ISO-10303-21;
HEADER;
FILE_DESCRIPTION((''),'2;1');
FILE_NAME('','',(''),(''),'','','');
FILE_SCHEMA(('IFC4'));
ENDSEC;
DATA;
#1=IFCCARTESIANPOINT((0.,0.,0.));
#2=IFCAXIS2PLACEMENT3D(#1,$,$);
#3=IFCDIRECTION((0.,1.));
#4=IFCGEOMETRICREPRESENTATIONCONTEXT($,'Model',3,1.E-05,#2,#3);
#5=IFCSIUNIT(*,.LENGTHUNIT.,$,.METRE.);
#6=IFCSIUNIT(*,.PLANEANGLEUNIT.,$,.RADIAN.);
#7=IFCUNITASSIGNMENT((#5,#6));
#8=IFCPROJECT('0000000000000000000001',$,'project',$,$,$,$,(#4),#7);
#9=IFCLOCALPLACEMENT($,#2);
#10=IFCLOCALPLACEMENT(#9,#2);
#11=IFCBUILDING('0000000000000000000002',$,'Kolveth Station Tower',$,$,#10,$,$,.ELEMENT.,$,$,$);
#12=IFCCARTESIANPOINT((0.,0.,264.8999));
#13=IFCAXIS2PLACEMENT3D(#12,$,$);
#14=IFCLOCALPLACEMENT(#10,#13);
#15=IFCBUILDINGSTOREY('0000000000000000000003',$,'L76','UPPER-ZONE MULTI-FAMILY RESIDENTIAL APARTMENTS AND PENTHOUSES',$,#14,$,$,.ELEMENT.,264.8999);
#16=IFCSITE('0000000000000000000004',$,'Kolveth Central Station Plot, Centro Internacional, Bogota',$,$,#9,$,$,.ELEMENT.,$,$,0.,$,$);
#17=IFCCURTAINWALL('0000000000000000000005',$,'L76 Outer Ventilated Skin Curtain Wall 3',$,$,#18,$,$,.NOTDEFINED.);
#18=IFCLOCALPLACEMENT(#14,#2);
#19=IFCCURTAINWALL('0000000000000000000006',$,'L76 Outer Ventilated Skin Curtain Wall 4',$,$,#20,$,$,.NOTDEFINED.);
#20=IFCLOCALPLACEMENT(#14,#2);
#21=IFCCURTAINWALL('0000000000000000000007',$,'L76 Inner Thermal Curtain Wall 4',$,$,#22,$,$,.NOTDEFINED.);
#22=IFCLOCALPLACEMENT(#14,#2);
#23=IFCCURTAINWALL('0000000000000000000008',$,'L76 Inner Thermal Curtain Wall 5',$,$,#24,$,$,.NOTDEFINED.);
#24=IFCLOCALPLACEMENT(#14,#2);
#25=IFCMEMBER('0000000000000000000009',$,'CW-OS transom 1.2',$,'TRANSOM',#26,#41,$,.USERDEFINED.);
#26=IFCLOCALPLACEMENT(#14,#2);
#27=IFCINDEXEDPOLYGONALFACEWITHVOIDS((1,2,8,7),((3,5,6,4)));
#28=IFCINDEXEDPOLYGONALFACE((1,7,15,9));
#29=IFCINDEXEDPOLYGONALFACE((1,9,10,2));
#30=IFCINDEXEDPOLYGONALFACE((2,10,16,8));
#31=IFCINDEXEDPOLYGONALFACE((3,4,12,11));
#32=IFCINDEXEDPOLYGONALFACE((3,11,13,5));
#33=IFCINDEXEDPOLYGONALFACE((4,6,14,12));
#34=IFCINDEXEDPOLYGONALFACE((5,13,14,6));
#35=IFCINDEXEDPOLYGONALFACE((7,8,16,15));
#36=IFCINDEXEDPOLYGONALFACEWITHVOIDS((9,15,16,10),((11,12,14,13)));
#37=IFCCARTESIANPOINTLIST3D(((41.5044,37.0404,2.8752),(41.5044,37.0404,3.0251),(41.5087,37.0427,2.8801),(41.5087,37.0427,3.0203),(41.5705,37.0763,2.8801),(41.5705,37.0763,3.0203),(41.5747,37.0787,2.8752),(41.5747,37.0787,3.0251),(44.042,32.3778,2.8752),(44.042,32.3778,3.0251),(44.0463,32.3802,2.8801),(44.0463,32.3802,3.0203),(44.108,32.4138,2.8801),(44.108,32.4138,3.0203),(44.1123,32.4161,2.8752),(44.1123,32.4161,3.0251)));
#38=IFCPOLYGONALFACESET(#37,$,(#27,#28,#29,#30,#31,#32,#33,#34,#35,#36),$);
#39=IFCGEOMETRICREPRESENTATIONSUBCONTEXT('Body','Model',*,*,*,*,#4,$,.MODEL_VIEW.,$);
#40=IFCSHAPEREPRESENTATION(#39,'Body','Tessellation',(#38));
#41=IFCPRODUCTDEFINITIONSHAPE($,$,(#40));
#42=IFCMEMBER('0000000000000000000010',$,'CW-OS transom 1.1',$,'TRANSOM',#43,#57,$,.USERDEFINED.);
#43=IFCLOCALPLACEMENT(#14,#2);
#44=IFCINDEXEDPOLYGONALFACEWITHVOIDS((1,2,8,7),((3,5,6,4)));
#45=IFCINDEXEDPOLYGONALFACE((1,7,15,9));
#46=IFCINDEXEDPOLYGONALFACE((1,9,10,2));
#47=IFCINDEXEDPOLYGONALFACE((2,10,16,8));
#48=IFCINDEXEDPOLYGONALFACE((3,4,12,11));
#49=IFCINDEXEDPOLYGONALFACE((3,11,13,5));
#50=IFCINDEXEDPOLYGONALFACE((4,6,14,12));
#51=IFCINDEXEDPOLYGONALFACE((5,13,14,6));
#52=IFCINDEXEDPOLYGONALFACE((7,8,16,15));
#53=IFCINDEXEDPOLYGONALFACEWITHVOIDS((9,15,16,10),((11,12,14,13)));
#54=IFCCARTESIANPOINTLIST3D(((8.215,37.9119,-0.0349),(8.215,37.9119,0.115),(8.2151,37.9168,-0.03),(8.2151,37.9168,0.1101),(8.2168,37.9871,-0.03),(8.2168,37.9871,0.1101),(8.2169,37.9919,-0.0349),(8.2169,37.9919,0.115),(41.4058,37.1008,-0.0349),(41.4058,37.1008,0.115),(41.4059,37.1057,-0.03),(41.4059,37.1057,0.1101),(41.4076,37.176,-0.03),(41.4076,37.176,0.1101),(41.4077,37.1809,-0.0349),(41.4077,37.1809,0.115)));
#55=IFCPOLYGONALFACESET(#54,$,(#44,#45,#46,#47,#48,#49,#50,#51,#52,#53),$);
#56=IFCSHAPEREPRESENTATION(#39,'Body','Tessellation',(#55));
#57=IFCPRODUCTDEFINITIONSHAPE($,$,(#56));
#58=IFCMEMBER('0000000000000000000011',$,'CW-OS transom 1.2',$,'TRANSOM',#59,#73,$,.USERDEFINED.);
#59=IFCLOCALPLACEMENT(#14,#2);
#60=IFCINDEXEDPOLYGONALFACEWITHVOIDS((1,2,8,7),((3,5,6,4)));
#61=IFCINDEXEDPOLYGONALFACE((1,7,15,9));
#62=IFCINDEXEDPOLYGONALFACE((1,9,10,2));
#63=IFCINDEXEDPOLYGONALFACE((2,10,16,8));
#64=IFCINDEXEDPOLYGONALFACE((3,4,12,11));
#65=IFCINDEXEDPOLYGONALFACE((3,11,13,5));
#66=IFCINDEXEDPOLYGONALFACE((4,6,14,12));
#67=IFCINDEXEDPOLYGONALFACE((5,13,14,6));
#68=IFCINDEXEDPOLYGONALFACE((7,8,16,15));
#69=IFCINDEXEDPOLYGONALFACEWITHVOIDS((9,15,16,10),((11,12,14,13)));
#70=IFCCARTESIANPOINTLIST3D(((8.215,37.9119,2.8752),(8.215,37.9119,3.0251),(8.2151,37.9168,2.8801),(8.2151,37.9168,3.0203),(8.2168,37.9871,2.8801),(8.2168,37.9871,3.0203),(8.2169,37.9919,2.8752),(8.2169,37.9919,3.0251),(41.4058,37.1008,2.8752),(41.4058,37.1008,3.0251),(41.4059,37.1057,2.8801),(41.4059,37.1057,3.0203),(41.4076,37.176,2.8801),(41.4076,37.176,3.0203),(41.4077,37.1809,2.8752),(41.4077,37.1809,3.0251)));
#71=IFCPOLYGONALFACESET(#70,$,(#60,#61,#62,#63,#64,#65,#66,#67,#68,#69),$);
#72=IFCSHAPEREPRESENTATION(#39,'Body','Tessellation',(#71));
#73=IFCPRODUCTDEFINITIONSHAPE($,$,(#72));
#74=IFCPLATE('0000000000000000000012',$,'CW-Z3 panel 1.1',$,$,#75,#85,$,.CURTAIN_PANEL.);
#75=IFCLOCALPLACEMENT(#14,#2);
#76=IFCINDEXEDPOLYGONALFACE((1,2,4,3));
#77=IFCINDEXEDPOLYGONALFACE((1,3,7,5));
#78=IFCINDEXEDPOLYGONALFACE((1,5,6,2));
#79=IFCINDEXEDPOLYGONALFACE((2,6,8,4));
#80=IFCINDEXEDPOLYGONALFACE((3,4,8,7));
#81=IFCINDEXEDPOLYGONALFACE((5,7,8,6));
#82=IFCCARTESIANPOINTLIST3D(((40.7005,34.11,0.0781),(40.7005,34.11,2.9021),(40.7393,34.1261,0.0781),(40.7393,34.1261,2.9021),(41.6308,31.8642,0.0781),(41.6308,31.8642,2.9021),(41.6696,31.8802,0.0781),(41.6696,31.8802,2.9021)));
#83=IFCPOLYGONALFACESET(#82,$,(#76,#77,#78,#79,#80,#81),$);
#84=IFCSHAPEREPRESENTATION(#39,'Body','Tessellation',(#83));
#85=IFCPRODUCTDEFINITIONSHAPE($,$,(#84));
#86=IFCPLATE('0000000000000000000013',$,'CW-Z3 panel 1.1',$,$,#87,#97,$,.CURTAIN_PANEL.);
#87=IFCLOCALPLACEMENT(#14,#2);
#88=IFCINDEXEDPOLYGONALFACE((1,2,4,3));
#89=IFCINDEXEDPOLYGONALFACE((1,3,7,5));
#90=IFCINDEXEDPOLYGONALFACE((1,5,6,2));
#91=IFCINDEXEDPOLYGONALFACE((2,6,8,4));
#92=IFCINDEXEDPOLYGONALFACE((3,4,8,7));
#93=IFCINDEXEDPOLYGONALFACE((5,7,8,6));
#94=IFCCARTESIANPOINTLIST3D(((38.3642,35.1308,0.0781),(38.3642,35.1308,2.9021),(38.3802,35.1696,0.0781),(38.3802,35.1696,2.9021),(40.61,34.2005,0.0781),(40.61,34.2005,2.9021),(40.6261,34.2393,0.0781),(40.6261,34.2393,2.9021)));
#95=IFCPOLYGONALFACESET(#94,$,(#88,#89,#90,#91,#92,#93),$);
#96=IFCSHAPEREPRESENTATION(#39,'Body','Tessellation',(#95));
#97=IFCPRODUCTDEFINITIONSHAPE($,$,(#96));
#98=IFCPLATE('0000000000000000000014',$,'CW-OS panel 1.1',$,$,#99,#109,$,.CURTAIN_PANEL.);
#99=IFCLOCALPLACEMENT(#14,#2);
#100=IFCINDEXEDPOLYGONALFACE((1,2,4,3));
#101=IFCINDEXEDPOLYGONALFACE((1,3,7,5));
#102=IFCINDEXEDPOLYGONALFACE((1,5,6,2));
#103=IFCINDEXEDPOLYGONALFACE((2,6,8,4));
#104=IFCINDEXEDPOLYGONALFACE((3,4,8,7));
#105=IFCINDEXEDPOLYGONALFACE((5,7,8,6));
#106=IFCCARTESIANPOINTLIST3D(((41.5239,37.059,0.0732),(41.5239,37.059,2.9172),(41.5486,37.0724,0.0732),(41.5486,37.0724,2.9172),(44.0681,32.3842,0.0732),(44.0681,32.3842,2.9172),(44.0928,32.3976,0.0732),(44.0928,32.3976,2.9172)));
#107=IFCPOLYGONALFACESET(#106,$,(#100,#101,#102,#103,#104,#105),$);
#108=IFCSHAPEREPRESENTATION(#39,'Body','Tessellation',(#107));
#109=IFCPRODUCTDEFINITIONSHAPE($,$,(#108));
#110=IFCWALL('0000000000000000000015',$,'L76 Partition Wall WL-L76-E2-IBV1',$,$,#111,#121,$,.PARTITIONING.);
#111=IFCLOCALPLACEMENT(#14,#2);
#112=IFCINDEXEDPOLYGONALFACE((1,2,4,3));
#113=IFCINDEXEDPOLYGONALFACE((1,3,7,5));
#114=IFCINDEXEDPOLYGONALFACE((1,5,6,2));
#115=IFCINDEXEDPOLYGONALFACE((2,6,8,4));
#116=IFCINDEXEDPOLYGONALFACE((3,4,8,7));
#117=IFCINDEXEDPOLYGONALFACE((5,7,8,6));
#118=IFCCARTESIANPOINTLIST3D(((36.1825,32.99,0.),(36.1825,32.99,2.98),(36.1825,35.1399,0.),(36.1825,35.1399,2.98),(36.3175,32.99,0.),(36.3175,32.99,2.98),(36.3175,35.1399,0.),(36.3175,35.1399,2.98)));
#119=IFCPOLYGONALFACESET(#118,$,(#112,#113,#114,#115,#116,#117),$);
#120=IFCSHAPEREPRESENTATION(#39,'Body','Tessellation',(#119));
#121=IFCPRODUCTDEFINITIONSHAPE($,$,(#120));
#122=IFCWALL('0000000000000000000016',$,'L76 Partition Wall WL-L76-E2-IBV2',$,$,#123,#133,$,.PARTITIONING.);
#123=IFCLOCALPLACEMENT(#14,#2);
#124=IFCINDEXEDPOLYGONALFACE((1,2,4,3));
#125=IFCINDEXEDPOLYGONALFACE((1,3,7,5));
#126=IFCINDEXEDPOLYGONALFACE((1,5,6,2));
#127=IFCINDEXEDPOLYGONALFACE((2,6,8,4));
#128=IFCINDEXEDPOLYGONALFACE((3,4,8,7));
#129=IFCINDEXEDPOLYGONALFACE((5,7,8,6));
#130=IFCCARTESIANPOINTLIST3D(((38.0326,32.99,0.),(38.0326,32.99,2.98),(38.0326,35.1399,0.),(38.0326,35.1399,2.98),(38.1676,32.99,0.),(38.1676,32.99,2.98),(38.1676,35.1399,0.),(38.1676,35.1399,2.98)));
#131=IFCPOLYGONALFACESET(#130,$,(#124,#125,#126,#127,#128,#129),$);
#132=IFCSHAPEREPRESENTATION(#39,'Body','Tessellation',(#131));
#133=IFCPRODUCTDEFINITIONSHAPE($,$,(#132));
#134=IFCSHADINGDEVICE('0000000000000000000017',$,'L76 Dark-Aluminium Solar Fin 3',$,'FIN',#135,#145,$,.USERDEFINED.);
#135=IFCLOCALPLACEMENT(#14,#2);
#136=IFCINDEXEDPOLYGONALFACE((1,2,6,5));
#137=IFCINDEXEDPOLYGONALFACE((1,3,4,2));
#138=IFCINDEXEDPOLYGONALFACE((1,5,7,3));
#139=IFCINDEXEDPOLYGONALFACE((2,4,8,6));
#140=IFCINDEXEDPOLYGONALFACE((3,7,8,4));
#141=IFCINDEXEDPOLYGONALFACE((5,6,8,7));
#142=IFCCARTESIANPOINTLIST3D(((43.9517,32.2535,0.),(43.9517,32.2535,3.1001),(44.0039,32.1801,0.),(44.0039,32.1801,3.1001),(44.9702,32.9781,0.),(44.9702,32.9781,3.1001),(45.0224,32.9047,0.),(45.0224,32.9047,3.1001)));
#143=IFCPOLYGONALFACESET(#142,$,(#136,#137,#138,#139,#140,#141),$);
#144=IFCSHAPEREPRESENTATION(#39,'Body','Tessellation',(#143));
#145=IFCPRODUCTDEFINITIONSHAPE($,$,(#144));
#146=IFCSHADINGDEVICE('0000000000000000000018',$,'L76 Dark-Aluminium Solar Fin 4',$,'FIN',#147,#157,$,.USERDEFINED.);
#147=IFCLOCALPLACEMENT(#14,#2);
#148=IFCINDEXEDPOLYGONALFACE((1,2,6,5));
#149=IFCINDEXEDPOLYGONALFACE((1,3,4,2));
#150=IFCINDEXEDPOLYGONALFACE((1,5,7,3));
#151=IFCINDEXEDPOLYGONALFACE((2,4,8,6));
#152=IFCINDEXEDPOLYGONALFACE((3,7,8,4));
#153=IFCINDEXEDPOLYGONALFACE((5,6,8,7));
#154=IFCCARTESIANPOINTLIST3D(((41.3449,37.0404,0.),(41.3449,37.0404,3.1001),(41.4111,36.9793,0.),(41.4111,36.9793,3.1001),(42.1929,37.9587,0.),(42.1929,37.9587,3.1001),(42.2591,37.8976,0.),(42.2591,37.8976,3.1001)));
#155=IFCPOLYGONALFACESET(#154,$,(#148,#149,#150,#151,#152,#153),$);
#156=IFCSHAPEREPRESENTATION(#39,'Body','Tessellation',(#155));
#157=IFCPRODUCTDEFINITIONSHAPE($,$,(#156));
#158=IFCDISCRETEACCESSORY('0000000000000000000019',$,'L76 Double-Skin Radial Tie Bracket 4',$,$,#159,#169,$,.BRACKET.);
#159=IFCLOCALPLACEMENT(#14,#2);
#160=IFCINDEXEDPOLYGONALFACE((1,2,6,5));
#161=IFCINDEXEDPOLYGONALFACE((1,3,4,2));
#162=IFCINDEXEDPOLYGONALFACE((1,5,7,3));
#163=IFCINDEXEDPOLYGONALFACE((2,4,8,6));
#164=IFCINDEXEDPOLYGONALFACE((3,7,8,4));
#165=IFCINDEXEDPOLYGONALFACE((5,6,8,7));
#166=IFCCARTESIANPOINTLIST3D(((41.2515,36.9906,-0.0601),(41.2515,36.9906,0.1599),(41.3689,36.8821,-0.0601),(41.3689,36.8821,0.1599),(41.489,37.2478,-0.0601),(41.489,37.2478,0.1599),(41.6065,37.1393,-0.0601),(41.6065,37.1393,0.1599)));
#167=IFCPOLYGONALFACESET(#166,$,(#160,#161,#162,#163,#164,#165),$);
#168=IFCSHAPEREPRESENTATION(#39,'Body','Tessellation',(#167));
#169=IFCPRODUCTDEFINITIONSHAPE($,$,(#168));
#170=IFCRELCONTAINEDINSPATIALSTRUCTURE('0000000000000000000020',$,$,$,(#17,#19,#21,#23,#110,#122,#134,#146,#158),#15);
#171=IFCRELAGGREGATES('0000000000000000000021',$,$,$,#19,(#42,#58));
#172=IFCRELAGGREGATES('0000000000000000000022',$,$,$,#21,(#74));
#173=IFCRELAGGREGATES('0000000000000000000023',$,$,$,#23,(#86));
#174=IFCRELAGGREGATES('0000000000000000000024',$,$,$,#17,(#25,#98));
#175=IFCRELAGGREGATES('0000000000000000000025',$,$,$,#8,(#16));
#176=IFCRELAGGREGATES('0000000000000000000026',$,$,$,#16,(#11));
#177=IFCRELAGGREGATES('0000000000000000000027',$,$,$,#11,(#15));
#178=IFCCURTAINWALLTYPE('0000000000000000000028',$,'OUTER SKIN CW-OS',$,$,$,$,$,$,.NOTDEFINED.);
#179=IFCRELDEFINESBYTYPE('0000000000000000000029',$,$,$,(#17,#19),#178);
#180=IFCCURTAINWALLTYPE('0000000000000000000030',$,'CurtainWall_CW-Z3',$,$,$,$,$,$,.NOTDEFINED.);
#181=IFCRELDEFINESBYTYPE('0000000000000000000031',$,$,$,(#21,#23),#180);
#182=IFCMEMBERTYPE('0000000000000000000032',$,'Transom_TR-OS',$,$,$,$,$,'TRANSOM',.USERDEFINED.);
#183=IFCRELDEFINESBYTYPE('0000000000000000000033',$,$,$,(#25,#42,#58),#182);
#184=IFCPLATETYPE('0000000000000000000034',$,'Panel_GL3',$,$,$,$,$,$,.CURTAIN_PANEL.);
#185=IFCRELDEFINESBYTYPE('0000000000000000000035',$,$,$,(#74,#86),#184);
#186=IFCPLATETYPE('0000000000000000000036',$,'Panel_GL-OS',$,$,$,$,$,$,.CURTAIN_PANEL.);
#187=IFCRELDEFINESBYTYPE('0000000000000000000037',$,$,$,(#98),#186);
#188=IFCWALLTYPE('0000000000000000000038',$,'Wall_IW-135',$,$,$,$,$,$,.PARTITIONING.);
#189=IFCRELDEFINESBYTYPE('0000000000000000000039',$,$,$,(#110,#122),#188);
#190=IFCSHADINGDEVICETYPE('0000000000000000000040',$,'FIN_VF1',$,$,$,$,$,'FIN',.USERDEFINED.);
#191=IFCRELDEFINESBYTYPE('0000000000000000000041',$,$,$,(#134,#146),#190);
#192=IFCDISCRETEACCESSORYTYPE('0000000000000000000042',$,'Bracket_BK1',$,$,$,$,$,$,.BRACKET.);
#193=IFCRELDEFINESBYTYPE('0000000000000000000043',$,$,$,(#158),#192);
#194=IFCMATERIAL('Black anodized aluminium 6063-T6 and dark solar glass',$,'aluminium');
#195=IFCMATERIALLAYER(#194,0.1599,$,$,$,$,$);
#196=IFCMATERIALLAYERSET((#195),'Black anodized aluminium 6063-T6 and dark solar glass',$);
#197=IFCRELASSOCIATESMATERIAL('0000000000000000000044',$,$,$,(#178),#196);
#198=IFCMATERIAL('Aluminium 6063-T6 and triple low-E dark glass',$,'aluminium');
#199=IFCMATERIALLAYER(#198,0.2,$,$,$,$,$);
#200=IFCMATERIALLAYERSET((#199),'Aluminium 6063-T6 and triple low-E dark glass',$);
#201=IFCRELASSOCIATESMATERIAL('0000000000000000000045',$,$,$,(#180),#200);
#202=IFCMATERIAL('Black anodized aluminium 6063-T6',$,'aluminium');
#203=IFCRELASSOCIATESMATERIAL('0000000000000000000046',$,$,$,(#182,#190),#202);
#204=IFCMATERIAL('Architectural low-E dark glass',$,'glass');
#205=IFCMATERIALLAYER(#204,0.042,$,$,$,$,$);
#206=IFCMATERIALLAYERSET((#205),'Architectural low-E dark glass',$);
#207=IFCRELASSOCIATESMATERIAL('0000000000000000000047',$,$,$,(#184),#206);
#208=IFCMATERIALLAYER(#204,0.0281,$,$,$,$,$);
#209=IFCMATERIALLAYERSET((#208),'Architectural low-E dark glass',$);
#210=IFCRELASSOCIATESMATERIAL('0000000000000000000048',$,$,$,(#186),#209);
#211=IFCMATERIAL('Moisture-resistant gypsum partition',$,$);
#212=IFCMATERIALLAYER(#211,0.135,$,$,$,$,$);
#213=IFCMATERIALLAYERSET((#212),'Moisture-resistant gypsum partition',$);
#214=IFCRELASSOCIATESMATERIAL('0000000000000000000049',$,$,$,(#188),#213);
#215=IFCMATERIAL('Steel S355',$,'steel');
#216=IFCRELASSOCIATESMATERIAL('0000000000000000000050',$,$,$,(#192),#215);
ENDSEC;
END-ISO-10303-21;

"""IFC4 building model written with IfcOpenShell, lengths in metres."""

from ifc_helpers import new_model, si_unit, direction, frame, frame_2d, origin, origin_2d, place, context, subcontext, project, spatial, rectangle, hollow_rectangle, extrude, source, transform, mapped, material, layer, layer_set, material_profile, profile_set, type_object, element, aggregate, save


model = new_model("IFC4")

# Units and contexts
model_context = context("Model", 3, precision=1e-05, world=origin(), true_north=direction((0.0, 1.0)))
body_context = subcontext(model_context, "Body", "Model", "MODEL_VIEW")
ifc_project = project(units=[si_unit("LENGTHUNIT", "METRE"), si_unit("PLANEANGLEUNIT", "RADIAN")], contexts=[model_context])

# Site, building, storey
site_placement = place(None, origin())
site = spatial("IfcSite", under=ifc_project, at=site_placement, Name="Kolveth Central Station Plot, Centro Internacional, Bogota", CompositionType="ELEMENT", RefElevation=0.0)
building_placement = place(site_placement, origin())
building = spatial("IfcBuilding", under=site, at=building_placement, Name="Kolveth Station Tower", CompositionType="ELEMENT")
storey_placement = place(building_placement, frame((0.0, 0.0, 264.8999)))
storey = spatial("IfcBuildingStorey", under=building, at=storey_placement, Name="L76", Description="UPPER-ZONE MULTI-FAMILY RESIDENTIAL APARTMENTS AND PENTHOUSES", CompositionType="ELEMENT", Elevation=264.8999)

# Curtain walls
ifc_material_1 = material(Name="Black anodized aluminium 6063-T6 and dark solar glass", Category="aluminium")
ifc_layer_1 = layer(ifc_material_1, 0.1599)
ifc_layer_set_1 = layer_set([ifc_layer_1], Name="Black anodized aluminium 6063-T6 and dark solar glass")
curtain_wall_type_1 = type_object("IfcCurtainWallType", Name="OUTER SKIN CW-OS", PredefinedType="NOTDEFINED", material=ifc_layer_set_1)
curtain_wall_1_placement = place(storey_placement, origin())
curtain_wall_1 = element("IfcCurtainWall", 1, at=curtain_wall_1_placement, inside=storey, type_object=curtain_wall_type_1, Name="L76 Outer Ventilated Skin Curtain Wall 3", PredefinedType="NOTDEFINED")
ifc_material_2 = material(Name="Black anodized aluminium 6063-T6", Category="aluminium")
curtain_wall_2_placement = place(storey_placement, origin())
curtain_wall_2 = element("IfcCurtainWall", 2, at=curtain_wall_2_placement, inside=storey, type_object=curtain_wall_type_1, Name="L76 Outer Ventilated Skin Curtain Wall 4", PredefinedType="NOTDEFINED")
ifc_material_3 = material(Name="Aluminium 6063-T6 and triple low-E dark glass", Category="aluminium")
ifc_layer_2 = layer(ifc_material_3, 0.2)
ifc_layer_set_2 = layer_set([ifc_layer_2], Name="Aluminium 6063-T6 and triple low-E dark glass")
curtain_wall_type_2 = type_object("IfcCurtainWallType", Name="CurtainWall_CW-Z3", PredefinedType="NOTDEFINED", material=ifc_layer_set_2)
curtain_wall_3_placement = place(storey_placement, origin())
curtain_wall_3 = element("IfcCurtainWall", 3, at=curtain_wall_3_placement, inside=storey, type_object=curtain_wall_type_2, Name="L76 Inner Thermal Curtain Wall 4", PredefinedType="NOTDEFINED")

# Curtain wall
curtain_wall_4_placement = place(storey_placement, origin())
curtain_wall_4 = element("IfcCurtainWall", 4, at=curtain_wall_4_placement, inside=storey, type_object=curtain_wall_type_2, Name="L76 Inner Thermal Curtain Wall 5", PredefinedType="NOTDEFINED")

# Members
ifc_material_profile_1 = material_profile(ifc_material_2, hollow_rectangle(XDim=0.0801, YDim=0.1499, WallThickness=0.0049, at=origin_2d()), Name="ALU-80x150x5")
ifc_profile_set_1 = profile_set([ifc_material_profile_1], Name="Black anodized aluminium 6063-T6")
member_type_1 = type_object("IfcMemberType", Name="Transom_TR-OS", ElementType="TRANSOM", PredefinedType="USERDEFINED", material=ifc_profile_set_1)
shared_shape_1 = source(origin(), body_context, "Body", "SweptSolid", [
    extrude(hollow_rectangle(XDim=0.0801, YDim=0.1499, WallThickness=0.0049, at=origin_2d()), origin(), (0.0, 0.0, 1.0), 5.3083),
])
member_1_placement = place(storey_placement, frame((44.0771, 32.397, 2.9502), z_axis=(-0.478033, 0.878342, 0.0), x_axis=(-0.878342, -0.478033, 0.0)))
member_1 = element("IfcMember", 5, at=member_1_placement, type_object=member_type_1, Name="CW-OS transom 1.2", ObjectType="TRANSOM", PredefinedType="USERDEFINED", context=body_context, shape_type="MappedRepresentation", body=[
    mapped(shared_shape_1, transform((0.0, 0.0, 0.0), x_axis=(1.0, 0.0, 0.0), y_axis=(0.0, 1.0, 0.0), z_axis=(0.0, 0.0, 1.0), scale=1.0)),
])
shared_shape_2 = source(origin(), body_context, "Body", "SweptSolid", [
    extrude(hollow_rectangle(XDim=0.0801, YDim=0.1499, WallThickness=0.0049, at=origin_2d()), origin(), (0.0, 0.0, 1.0), 33.2007),
])
member_2_placement = place(storey_placement, frame((41.4067, 37.1409, 0.04), z_axis=(-0.999702, 0.024428, 0.0), x_axis=(-0.024428, -0.999702, 0.0)))
member_2 = element("IfcMember", 6, at=member_2_placement, type_object=member_type_1, Name="CW-OS transom 1.1", ObjectType="TRANSOM", PredefinedType="USERDEFINED", context=body_context, shape_type="MappedRepresentation", body=[
    mapped(shared_shape_2, transform((0.0, 0.0, 0.0), x_axis=(1.0, 0.0, 0.0), y_axis=(0.0, 1.0, 0.0), z_axis=(0.0, 0.0, 1.0), scale=1.0)),
])
member_3_placement = place(storey_placement, frame((41.4067, 37.1409, 2.9502), z_axis=(-0.999702, 0.024428, 0.0), x_axis=(-0.024428, -0.999702, 0.0)))
member_3 = element("IfcMember", 7, at=member_3_placement, type_object=member_type_1, Name="CW-OS transom 1.2", ObjectType="TRANSOM", PredefinedType="USERDEFINED", context=body_context, shape_type="MappedRepresentation", body=[
    mapped(shared_shape_2, transform((0.0, 0.0, 0.0), x_axis=(1.0, 0.0, 0.0), y_axis=(0.0, 1.0, 0.0), z_axis=(0.0, 0.0, 1.0), scale=1.0)),
])
aggregate(curtain_wall_2, [member_2, member_3])

# Plates
ifc_material_4 = material(Name="Architectural low-E dark glass", Category="glass")
ifc_layer_3 = layer(ifc_material_4, 0.042)
ifc_layer_set_3 = layer_set([ifc_layer_3], Name="Architectural low-E dark glass")
plate_type_1 = type_object("IfcPlateType", Name="Panel_GL3", PredefinedType="CURTAIN_PANEL", material=ifc_layer_set_3)
shared_shape_3 = source(origin(), body_context, "Body", "SweptSolid", [
    extrude(rectangle(XDim=2.4309, YDim=0.042, at=origin_2d()), origin(), (0.0, 0.0, 1.0), 2.824),
])
plate_1_placement = place(storey_placement, frame((41.1851, 32.9951, 0.0781), z_axis=(0.0, 0.0, 1.0), x_axis=(-0.382693, 0.923875, 0.0)))
plate_1 = element("IfcPlate", 8, at=plate_1_placement, type_object=plate_type_1, Name="CW-Z3 panel 1.1", PredefinedType="CURTAIN_PANEL", context=body_context, shape_type="MappedRepresentation", body=[
    mapped(shared_shape_3, transform((0.0, 0.0, 0.0), x_axis=(1.0, 0.0, 0.0), y_axis=(0.0, 1.0, 0.0), z_axis=(0.0, 0.0, 1.0), scale=1.0)),
])
aggregate(curtain_wall_3, [plate_1])
plate_2_placement = place(storey_placement, frame((39.4951, 34.6851, 0.0781), z_axis=(0.0, 0.0, 1.0), x_axis=(-0.923875, 0.382693, 0.0)))
plate_2 = element("IfcPlate", 9, at=plate_2_placement, type_object=plate_type_1, Name="CW-Z3 panel 1.1", PredefinedType="CURTAIN_PANEL", context=body_context, shape_type="MappedRepresentation", body=[
    mapped(shared_shape_3, transform((0.0, 0.0, 0.0), x_axis=(1.0, 0.0, 0.0), y_axis=(0.0, 1.0, 0.0), z_axis=(0.0, 0.0, 1.0), scale=1.0)),
])
aggregate(curtain_wall_4, [plate_2])
ifc_layer_4 = layer(ifc_material_4, 0.0281)
ifc_layer_set_4 = layer_set([ifc_layer_4], Name="Architectural low-E dark glass")
plate_type_2 = type_object("IfcPlateType", Name="Panel_GL-OS", PredefinedType="CURTAIN_PANEL", material=ifc_layer_set_4)
shared_shape_4 = source(origin(), body_context, "Body", "SweptSolid", [
    extrude(rectangle(XDim=5.3223, YDim=0.0281, at=origin_2d()), origin(), (0.0, 0.0, 1.0), 2.844),
])
plate_3_placement = place(storey_placement, frame((42.8083, 34.7283, 0.0732), z_axis=(0.0, 0.0, 1.0), x_axis=(-0.478021, 0.878348, 0.0)))
plate_3 = element("IfcPlate", 10, at=plate_3_placement, type_object=plate_type_2, Name="CW-OS panel 1.1", PredefinedType="CURTAIN_PANEL", context=body_context, shape_type="MappedRepresentation", body=[
    mapped(shared_shape_4, transform((0.0, 0.0, 0.0), x_axis=(1.0, 0.0, 0.0), y_axis=(0.0, 1.0, 0.0), z_axis=(0.0, 0.0, 1.0), scale=1.0)),
])
aggregate(curtain_wall_1, [member_1, plate_3])

# Walls
ifc_material_5 = material(Name="Moisture-resistant gypsum partition")
ifc_layer_5 = layer(ifc_material_5, 0.135)
ifc_layer_set_5 = layer_set([ifc_layer_5], Name="Moisture-resistant gypsum partition")
wall_type = type_object("IfcWallType", Name="Wall_IW-135", PredefinedType="PARTITIONING", material=ifc_layer_set_5)
for number, where, z_axis, x_axis, name in (
    (11, (36.25, 32.99, 0.0), (0.0, 0.0, 1.0), (0.0, 1.0, 0.0), "L76 Partition Wall WL-L76-E2-IBV1"),
    (12, (38.1001, 32.99, 0.0), (0.0, 0.0, 1.0), (0.0, 1.0, 0.0), "L76 Partition Wall WL-L76-E2-IBV2"),
):
    element("IfcWall", number, at=place(storey_placement, frame(where, z_axis=z_axis, x_axis=x_axis)), inside=storey, type_object=wall_type, Name=name, PredefinedType="PARTITIONING", context=body_context, shape_type="SweptSolid", body=[
        extrude(rectangle(XDim=2.1499, YDim=0.135, at=frame_2d((1.075, 0.0))), origin(), (0.0, 0.0, 1.0), 2.98),
    ])

# Shading devices
shading_device_type = type_object("IfcShadingDeviceType", Name="FIN_VF1", ElementType="FIN", PredefinedType="USERDEFINED", material=ifc_material_2)
shared_shape_5 = source(origin(), body_context, "Body", "SweptSolid", [
    extrude(rectangle(XDim=1.25, YDim=0.0901, at=origin_2d()), origin(), (0.0, 0.0, 1.0), 3.1001),
])
for number, where, z_axis, x_axis, name in (
    (13, (44.4871, 32.5791, 0.0), (0.0, 0.0, 1.0), (0.814824, 0.579708, 0.0), "L76 Dark-Aluminium Solar Fin 3"),
    (14, (41.802, 37.469, 0.0), (0.0, 0.0, 1.0), (0.678416, 0.734678, 0.0), "L76 Dark-Aluminium Solar Fin 4"),
):
    element("IfcShadingDevice", number, at=place(storey_placement, frame(where, z_axis=z_axis, x_axis=x_axis)), inside=storey, type_object=shading_device_type, Name=name, ObjectType="FIN", PredefinedType="USERDEFINED", context=body_context, shape_type="MappedRepresentation", body=[
        mapped(shared_shape_5, transform((0.0, 0.0, 0.0), x_axis=(1.0, 0.0, 0.0), y_axis=(0.0, 1.0, 0.0), z_axis=(0.0, 0.0, 1.0), scale=1.0)),
    ])

# Discrete accessory
ifc_material_6 = material(Name="Steel S355", Category="steel")
discrete_accessory_type = type_object("IfcDiscreteAccessoryType", Name="Bracket_BK1", PredefinedType="BRACKET", material=ifc_material_6)
shared_shape_6 = source(origin(), body_context, "Body", "SweptSolid", [
    extrude(rectangle(XDim=0.3501, YDim=0.1599, at=origin_2d()), origin(), (0.0, 0.0, 1.0), 0.22),
])
discrete_accessory_placement = place(storey_placement, frame((41.429, 37.0649, -0.0601), z_axis=(0.0, 0.0, 1.0), x_axis=(0.678416, 0.734678, 0.0)))
element("IfcDiscreteAccessory", 15, at=discrete_accessory_placement, inside=storey, type_object=discrete_accessory_type, Name="L76 Double-Skin Radial Tie Bracket 4", PredefinedType="BRACKET", context=body_context, shape_type="MappedRepresentation", body=[
    mapped(shared_shape_6, transform((0.0, 0.0, 0.0), x_axis=(1.0, 0.0, 0.0), y_axis=(0.0, 1.0, 0.0), z_axis=(0.0, 0.0, 1.0), scale=1.0)),
])

save(model, "model.ifc")
